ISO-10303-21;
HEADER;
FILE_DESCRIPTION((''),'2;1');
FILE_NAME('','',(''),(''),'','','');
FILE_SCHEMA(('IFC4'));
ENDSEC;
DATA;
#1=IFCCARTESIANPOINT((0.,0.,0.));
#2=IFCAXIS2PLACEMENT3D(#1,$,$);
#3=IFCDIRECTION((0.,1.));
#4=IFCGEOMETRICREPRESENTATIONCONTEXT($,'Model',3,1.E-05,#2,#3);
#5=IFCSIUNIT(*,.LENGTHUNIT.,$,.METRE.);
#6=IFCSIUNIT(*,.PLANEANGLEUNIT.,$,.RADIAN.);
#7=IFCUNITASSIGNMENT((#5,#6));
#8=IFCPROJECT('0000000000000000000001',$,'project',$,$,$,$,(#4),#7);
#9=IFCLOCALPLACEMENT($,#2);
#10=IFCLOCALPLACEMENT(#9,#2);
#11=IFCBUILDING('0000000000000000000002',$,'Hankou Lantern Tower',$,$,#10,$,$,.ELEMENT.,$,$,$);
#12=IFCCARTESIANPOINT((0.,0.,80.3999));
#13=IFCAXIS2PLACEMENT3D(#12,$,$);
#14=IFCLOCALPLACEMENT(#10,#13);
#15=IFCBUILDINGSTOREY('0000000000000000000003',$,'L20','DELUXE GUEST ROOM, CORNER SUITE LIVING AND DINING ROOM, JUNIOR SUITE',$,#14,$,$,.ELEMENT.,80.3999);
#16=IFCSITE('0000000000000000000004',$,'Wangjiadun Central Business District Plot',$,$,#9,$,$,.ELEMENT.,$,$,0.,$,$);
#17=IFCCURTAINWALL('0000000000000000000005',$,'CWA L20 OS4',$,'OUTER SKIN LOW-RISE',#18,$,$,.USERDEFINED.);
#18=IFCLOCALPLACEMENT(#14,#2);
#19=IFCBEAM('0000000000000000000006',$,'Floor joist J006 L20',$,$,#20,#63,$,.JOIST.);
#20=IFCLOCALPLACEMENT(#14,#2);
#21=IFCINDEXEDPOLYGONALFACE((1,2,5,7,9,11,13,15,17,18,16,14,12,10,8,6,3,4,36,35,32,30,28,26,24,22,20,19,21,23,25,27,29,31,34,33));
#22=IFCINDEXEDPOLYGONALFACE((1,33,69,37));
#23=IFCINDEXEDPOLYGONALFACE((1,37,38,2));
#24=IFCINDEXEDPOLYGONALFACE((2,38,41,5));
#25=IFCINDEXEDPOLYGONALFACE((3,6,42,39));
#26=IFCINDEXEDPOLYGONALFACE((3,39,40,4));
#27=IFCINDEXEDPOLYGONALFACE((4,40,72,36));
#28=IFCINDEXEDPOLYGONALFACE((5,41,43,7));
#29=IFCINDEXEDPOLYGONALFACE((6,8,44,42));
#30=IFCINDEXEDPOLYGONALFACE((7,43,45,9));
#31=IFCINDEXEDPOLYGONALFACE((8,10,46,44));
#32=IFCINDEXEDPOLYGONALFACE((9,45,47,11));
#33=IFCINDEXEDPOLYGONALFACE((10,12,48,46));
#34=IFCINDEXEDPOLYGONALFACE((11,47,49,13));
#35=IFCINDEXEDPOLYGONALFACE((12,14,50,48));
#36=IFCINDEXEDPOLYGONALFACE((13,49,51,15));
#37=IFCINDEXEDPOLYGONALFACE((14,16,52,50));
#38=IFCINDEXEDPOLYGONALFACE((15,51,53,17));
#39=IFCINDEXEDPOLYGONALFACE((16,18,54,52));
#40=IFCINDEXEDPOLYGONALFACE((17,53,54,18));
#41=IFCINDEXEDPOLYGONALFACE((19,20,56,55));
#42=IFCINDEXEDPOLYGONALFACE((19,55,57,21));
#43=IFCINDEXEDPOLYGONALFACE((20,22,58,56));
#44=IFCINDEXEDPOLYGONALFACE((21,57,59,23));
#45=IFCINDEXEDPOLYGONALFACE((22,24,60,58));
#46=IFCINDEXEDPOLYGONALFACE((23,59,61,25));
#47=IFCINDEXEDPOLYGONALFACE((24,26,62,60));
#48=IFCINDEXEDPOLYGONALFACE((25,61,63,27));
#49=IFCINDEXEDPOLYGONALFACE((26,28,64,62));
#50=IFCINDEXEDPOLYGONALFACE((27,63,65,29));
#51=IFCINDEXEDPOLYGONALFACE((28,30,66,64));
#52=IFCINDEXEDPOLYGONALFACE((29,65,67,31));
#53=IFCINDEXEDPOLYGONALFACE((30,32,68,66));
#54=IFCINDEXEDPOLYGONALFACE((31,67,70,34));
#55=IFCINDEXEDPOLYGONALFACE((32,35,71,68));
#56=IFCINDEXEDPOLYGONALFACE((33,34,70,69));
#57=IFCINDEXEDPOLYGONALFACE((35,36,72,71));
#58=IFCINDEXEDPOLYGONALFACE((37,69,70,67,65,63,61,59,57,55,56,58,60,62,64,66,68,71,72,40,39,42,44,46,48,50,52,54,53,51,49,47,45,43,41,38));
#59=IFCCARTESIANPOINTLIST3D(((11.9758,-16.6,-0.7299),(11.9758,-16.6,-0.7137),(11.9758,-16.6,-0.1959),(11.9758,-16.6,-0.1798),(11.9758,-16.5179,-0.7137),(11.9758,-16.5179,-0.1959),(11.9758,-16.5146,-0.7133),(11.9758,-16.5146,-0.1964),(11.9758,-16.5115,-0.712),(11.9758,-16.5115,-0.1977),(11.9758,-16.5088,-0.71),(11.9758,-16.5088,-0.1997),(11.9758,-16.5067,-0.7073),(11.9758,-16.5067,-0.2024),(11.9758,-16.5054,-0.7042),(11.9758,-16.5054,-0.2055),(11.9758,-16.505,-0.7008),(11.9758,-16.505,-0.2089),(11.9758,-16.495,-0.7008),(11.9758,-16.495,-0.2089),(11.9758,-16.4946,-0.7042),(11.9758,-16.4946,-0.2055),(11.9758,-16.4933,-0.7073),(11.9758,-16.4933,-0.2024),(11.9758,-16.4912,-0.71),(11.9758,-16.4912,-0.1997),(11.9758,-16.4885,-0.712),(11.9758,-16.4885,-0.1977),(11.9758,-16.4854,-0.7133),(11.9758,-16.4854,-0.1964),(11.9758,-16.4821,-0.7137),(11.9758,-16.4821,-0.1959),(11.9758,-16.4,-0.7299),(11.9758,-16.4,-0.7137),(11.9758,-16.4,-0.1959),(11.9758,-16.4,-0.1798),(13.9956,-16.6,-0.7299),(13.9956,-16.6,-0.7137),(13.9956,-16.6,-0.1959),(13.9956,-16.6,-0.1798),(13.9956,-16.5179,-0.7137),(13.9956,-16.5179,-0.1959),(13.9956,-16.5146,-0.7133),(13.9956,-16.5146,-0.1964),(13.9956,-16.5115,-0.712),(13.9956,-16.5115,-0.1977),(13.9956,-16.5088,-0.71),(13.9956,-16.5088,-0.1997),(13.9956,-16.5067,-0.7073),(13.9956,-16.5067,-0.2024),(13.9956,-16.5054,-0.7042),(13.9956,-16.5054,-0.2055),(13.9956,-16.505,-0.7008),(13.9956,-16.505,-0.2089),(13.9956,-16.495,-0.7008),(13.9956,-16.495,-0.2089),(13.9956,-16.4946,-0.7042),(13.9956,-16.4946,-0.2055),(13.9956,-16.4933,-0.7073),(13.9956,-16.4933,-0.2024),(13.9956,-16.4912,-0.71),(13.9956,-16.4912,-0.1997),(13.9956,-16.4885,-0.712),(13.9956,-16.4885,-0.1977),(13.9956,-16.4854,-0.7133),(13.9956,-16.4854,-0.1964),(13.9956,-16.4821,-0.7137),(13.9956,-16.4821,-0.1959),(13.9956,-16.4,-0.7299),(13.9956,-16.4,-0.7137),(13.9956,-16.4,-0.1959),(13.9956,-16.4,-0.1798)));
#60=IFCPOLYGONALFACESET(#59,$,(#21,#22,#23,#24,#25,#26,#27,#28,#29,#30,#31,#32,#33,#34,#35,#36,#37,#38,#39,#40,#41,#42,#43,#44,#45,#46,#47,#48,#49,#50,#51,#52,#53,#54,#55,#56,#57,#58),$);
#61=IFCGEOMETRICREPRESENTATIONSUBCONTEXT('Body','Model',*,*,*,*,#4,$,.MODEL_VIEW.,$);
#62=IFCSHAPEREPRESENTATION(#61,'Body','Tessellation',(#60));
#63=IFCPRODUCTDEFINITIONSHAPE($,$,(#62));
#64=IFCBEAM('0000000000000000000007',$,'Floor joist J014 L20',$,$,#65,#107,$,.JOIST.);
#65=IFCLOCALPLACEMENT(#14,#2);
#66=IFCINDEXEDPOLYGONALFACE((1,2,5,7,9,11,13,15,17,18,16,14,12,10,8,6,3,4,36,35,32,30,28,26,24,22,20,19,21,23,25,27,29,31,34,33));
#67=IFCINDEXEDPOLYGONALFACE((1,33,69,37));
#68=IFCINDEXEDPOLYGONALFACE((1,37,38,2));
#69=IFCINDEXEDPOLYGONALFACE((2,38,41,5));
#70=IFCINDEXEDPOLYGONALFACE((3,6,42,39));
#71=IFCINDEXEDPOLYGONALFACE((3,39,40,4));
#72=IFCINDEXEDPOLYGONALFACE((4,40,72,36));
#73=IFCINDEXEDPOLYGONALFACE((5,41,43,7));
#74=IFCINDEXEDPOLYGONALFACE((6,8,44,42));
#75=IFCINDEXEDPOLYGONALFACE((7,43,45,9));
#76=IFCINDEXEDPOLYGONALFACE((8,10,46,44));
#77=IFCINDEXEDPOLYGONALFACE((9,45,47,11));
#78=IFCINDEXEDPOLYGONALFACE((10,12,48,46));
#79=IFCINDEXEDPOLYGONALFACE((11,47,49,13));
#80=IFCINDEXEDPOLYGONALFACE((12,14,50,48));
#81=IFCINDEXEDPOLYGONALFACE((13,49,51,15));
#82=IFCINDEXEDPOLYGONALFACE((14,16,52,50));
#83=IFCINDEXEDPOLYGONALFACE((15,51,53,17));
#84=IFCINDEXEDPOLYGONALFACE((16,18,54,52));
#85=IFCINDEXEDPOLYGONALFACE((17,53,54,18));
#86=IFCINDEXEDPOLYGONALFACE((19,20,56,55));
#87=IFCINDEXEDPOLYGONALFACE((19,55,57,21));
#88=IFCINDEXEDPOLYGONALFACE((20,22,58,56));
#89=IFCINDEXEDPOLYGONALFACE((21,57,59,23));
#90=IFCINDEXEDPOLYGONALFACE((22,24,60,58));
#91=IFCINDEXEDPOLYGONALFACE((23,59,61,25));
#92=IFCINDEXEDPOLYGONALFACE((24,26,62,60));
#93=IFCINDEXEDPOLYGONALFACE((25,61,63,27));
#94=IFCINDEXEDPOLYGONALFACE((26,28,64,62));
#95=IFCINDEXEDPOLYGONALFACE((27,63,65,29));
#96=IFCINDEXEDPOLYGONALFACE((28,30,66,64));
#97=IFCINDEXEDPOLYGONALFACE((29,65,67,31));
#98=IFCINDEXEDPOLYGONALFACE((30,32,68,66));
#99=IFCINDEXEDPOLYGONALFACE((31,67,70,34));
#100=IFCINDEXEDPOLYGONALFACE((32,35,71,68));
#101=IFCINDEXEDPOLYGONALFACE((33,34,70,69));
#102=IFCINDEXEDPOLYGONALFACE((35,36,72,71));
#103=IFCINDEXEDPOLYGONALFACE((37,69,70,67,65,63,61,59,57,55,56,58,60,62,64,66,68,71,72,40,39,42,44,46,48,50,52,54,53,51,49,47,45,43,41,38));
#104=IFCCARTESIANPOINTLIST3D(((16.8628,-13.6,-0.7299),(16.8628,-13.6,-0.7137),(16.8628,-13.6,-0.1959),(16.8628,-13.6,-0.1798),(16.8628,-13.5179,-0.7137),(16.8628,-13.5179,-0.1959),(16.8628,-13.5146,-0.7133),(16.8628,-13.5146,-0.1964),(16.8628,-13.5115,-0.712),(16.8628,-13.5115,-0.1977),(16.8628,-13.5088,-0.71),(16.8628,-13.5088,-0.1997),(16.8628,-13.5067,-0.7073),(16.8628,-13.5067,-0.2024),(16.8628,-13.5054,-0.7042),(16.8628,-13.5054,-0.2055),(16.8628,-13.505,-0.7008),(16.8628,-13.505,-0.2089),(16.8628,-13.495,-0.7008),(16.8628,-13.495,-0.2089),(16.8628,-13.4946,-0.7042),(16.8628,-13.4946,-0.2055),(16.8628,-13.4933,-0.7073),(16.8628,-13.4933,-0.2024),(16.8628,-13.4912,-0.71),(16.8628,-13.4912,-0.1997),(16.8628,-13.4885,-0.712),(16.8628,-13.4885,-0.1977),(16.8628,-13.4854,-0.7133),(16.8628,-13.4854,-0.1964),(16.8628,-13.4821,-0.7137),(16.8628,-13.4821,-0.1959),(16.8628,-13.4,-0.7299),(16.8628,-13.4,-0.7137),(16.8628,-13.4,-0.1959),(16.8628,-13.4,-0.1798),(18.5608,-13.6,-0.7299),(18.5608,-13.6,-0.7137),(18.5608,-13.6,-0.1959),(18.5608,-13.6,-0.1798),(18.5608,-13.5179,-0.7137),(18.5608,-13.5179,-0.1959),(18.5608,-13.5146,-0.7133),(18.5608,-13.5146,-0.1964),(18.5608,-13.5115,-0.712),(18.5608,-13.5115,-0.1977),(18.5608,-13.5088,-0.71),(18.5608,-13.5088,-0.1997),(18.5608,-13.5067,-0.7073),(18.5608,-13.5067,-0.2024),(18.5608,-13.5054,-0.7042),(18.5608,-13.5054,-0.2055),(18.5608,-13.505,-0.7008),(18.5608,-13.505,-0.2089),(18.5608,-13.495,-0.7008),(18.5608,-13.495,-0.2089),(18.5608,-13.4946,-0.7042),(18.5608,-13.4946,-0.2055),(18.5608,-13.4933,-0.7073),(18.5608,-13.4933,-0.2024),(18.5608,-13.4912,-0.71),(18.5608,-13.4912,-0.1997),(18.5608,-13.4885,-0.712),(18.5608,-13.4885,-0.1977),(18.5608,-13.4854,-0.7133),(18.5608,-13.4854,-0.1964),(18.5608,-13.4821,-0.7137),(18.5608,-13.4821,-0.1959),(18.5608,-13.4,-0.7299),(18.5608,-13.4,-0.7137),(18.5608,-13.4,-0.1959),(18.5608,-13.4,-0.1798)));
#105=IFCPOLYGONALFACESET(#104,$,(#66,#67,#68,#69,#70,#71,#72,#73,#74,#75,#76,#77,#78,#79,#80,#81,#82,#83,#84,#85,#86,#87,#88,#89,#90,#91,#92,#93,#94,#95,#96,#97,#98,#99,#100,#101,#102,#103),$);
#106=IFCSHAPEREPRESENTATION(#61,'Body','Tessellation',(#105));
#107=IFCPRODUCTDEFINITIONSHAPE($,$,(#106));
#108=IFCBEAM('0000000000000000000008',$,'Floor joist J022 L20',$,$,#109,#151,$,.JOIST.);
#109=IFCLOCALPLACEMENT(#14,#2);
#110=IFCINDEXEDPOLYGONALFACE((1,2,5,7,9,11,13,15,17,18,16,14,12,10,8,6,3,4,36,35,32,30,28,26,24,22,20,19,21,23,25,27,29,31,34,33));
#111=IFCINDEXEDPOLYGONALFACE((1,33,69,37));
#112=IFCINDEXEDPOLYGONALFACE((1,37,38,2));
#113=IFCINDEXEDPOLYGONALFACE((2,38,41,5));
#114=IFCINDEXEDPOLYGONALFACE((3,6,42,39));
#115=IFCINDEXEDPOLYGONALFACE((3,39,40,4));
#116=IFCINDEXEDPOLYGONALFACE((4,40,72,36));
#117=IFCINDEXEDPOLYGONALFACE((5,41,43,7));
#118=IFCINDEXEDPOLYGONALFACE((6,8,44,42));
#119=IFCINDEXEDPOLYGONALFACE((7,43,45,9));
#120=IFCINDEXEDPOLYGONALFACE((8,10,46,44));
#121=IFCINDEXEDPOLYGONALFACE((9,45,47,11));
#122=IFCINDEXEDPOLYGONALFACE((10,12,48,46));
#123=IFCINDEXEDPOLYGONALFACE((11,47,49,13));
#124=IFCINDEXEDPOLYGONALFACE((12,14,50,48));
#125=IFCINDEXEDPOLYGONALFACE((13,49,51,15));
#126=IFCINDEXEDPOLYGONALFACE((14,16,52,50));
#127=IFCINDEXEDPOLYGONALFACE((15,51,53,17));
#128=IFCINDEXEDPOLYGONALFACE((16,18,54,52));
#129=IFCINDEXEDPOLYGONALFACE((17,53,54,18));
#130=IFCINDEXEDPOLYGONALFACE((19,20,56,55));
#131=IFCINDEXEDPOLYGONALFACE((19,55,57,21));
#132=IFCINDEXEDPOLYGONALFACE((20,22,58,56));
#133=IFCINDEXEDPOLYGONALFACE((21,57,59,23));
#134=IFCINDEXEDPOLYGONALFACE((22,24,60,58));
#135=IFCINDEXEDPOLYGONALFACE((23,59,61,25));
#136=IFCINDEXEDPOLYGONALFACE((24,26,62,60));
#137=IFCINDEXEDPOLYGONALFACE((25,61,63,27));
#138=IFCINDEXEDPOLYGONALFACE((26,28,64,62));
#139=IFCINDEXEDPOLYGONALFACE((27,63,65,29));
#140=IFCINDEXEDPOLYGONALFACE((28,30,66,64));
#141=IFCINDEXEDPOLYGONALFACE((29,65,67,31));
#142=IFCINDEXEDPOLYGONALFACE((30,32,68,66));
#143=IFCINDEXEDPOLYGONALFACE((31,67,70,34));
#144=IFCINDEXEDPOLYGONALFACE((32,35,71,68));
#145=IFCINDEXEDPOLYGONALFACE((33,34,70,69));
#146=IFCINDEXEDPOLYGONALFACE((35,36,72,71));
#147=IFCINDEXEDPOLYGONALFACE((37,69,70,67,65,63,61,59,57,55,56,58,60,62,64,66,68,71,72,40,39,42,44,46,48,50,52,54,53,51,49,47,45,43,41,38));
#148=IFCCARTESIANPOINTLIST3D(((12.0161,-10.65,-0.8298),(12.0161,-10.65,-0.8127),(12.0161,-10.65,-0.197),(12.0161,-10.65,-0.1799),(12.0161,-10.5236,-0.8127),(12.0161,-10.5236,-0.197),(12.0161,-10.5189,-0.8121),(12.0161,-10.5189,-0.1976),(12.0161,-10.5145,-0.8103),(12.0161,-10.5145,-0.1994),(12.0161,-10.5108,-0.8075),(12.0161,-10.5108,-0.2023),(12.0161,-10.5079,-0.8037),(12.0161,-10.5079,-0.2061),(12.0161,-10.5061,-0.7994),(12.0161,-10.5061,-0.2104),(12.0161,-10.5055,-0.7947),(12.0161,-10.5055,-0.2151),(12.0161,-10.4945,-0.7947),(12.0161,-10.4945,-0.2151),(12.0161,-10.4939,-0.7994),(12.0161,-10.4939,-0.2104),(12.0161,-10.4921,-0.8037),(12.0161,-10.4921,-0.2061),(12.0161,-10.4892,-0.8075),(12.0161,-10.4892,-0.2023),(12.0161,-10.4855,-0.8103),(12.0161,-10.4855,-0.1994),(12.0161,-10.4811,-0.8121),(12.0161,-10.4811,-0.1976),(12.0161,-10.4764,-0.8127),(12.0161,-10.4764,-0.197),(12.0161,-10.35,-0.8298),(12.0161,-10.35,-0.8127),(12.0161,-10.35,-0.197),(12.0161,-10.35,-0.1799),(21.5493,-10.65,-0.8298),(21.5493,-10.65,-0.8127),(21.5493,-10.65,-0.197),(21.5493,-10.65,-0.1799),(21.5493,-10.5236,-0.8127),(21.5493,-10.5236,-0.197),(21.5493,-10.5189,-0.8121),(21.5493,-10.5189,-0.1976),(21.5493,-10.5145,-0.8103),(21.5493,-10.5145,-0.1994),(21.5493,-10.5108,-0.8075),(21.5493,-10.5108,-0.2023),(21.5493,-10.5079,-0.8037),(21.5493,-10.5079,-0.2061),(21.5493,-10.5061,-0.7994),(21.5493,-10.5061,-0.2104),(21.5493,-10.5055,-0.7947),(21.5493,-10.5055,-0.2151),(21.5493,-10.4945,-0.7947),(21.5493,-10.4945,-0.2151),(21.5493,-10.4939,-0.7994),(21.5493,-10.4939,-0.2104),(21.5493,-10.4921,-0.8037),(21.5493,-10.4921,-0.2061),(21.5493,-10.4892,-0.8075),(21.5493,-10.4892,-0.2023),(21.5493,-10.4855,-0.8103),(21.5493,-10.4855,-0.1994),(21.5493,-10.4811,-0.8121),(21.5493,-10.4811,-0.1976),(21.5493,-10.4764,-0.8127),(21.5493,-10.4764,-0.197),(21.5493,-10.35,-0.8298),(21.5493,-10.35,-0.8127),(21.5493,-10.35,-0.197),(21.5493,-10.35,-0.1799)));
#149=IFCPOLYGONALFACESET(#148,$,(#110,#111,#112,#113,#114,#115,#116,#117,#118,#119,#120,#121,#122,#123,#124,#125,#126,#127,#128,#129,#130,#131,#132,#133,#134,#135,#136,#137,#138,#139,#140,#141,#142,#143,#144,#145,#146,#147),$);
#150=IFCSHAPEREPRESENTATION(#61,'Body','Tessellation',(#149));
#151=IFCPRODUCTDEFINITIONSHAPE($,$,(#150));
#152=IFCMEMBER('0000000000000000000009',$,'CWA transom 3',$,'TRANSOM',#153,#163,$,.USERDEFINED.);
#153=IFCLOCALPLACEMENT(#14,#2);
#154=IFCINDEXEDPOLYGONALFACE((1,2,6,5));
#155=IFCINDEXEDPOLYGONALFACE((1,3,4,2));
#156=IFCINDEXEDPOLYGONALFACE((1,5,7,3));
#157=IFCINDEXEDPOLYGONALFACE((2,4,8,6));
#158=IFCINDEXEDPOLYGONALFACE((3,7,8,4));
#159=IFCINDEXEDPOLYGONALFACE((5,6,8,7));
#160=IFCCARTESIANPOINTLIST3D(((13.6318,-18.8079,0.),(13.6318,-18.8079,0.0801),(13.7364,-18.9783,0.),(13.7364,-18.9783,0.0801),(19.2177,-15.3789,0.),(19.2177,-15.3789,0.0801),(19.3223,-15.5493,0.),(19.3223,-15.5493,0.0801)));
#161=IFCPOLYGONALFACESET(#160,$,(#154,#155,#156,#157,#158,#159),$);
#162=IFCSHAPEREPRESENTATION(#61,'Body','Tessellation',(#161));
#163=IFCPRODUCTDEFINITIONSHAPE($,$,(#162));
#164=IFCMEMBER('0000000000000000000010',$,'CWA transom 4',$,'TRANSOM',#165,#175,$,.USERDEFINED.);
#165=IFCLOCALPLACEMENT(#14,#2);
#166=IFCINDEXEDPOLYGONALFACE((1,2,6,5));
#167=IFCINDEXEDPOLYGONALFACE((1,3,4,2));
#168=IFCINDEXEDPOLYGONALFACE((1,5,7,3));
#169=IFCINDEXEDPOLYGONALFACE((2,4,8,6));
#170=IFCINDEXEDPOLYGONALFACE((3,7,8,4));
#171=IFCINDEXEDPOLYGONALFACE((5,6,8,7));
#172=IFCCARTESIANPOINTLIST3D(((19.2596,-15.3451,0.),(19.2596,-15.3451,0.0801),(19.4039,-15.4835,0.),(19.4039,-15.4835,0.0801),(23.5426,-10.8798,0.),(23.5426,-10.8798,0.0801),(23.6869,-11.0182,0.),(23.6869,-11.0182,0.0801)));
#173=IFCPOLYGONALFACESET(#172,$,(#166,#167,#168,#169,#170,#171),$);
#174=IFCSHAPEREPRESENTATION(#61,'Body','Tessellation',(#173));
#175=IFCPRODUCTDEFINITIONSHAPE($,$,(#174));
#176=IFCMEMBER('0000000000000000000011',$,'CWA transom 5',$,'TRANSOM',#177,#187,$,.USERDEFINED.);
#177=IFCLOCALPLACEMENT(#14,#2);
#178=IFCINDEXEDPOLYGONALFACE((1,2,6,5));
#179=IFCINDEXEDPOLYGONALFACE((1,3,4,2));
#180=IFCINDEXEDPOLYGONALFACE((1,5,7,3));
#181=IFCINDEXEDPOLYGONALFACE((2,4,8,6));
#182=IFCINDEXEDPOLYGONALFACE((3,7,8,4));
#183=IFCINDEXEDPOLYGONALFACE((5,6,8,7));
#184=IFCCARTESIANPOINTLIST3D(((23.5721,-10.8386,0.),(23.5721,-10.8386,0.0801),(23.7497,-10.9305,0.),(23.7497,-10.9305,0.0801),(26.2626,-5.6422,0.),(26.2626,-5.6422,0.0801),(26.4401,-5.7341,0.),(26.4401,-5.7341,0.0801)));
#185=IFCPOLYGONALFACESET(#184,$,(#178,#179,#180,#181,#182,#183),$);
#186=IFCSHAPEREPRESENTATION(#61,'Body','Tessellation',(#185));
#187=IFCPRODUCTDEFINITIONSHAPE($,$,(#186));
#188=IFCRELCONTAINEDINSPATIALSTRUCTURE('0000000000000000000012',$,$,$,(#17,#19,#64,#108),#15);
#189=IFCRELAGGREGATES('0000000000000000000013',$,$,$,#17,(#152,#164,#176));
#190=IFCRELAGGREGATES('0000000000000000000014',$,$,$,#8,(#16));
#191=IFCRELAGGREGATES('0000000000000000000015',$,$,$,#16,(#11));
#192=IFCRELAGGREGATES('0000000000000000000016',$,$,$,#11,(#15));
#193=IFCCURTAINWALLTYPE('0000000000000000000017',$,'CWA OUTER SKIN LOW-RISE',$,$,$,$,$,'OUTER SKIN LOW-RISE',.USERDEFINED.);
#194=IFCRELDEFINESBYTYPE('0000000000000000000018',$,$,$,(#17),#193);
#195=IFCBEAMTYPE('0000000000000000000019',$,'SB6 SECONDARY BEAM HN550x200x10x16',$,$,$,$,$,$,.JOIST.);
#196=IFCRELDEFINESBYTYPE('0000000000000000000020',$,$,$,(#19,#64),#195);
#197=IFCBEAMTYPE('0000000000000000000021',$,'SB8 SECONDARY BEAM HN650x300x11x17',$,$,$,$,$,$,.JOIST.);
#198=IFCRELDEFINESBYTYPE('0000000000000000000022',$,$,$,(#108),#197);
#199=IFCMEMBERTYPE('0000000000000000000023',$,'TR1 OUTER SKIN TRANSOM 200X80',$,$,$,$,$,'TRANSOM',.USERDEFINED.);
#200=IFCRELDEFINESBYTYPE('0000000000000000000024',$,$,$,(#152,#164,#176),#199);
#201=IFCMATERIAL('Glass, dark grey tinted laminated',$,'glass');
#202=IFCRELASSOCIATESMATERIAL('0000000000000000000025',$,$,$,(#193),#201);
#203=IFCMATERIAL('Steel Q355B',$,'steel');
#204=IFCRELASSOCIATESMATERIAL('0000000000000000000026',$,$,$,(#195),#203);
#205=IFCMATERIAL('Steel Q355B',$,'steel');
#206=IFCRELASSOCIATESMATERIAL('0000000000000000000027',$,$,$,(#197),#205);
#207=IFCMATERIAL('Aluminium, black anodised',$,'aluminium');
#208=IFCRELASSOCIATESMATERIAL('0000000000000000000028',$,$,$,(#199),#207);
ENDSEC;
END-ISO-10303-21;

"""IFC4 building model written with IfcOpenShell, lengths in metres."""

from ifc_helpers import new_model, si_unit, direction, frame, origin, origin_2d, place, context, subcontext, project, spatial, rectangle, i_section, extrude, material, material_profile, profile_set, type_object, element, aggregate, save


model = new_model("IFC4")

# Units and contexts
model_context = context("Model", 3, precision=1e-05, world=origin(), true_north=direction((0.0, 1.0)))
body_context = subcontext(model_context, "Body", "Model", "MODEL_VIEW")
ifc_project = project(units=[si_unit("LENGTHUNIT", "METRE"), si_unit("PLANEANGLEUNIT", "RADIAN")], contexts=[model_context])

# Site, building, storey
site_placement = place(None, origin())
site = spatial("IfcSite", under=ifc_project, at=site_placement, Name="Wangjiadun Central Business District Plot", CompositionType="ELEMENT", RefElevation=0.0)
building_placement = place(site_placement, origin())
building = spatial("IfcBuilding", under=site, at=building_placement, Name="Hankou Lantern Tower", CompositionType="ELEMENT")
storey_placement = place(building_placement, frame((0.0, 0.0, 80.3999)))
storey = spatial("IfcBuildingStorey", under=building, at=storey_placement, Name="L20", Description="DELUXE GUEST ROOM, CORNER SUITE LIVING AND DINING ROOM, JUNIOR SUITE", CompositionType="ELEMENT", Elevation=80.3999)

# Curtain wall
ifc_material_1 = material(Name="Glass, dark grey tinted laminated", Category="glass")
curtain_wall_type = type_object("IfcCurtainWallType", Name="CWA OUTER SKIN LOW-RISE", ElementType="OUTER SKIN LOW-RISE", PredefinedType="USERDEFINED", material=ifc_material_1)
curtain_wall_placement = place(storey_placement, origin())
curtain_wall = element("IfcCurtainWall", 1, at=curtain_wall_placement, inside=storey, type_object=curtain_wall_type, Name="CWA L20 OS4", ObjectType="OUTER SKIN LOW-RISE", PredefinedType="USERDEFINED")

# Beams
ifc_material_2 = material(Name="Steel Q355B", Category="steel")
ifc_material_profile_1 = material_profile(ifc_material_2, i_section(OverallWidth=0.2, OverallDepth=0.55, WebThickness=0.01, FlangeThickness=0.0161, FilletRadius=0.0129, at=origin_2d()), Name="HN550x200x10x16")
ifc_profile_set_1 = profile_set([ifc_material_profile_1], Name="Steel Q355B")
beam_type_1 = type_object("IfcBeamType", Name="SB6 SECONDARY BEAM HN550x200x10x16", PredefinedType="JOIST", material=ifc_profile_set_1)
beam_1_placement = place(storey_placement, frame((11.9758, -16.5, -0.4548), z_axis=(1.0, 0.0, 0.0), x_axis=(0.0, 1.0, 0.0)))
element("IfcBeam", 2, at=beam_1_placement, inside=storey, type_object=beam_type_1, Name="Floor joist J006 L20", PredefinedType="JOIST", context=body_context, shape_type="SweptSolid", body=[
    extrude(i_section(OverallWidth=0.2, OverallDepth=0.55, WebThickness=0.01, FlangeThickness=0.0161, FilletRadius=0.0129, at=origin_2d()), origin(), (0.0, 0.0, 1.0), 2.0198),
])
beam_2_placement = place(storey_placement, frame((16.8628, -13.5, -0.4548), z_axis=(1.0, 0.0, 0.0), x_axis=(0.0, 1.0, 0.0)))
element("IfcBeam", 3, at=beam_2_placement, inside=storey, type_object=beam_type_1, Name="Floor joist J014 L20", PredefinedType="JOIST", context=body_context, shape_type="SweptSolid", body=[
    extrude(i_section(OverallWidth=0.2, OverallDepth=0.55, WebThickness=0.01, FlangeThickness=0.0161, FilletRadius=0.0129, at=origin_2d()), origin(), (0.0, 0.0, 1.0), 1.698),
])
ifc_material_3 = material(Name="Steel Q355B", Category="steel")
ifc_material_profile_2 = material_profile(ifc_material_3, i_section(OverallWidth=0.3, OverallDepth=0.6499, WebThickness=0.011, FlangeThickness=0.0171, FilletRadius=0.0181, at=origin_2d()), Name="HN650x300x11x17")
ifc_profile_set_2 = profile_set([ifc_material_profile_2], Name="Steel Q355B")
beam_type_2 = type_object("IfcBeamType", Name="SB8 SECONDARY BEAM HN650x300x11x17", PredefinedType="JOIST", material=ifc_profile_set_2)
beam_3_placement = place(storey_placement, frame((12.0161, -10.5, -0.5049), z_axis=(1.0, 0.0, 0.0), x_axis=(0.0, 1.0, 0.0)))
element("IfcBeam", 4, at=beam_3_placement, inside=storey, type_object=beam_type_2, Name="Floor joist J022 L20", PredefinedType="JOIST", context=body_context, shape_type="SweptSolid", body=[
    extrude(i_section(OverallWidth=0.3, OverallDepth=0.6499, WebThickness=0.011, FlangeThickness=0.0171, FilletRadius=0.0181, at=origin_2d()), origin(), (0.0, 0.0, 1.0), 9.5332),
])

# Members
ifc_material_4 = material(Name="Aluminium, black anodised", Category="aluminium")
ifc_material_profile_3 = material_profile(ifc_material_4, rectangle(XDim=0.2, YDim=0.0801, at=origin_2d()), Name="TR1 200X80")
ifc_profile_set_3 = profile_set([ifc_material_profile_3], Name="Aluminium, black anodised")
member_type_1 = type_object("IfcMemberType", Name="TR1 OUTER SKIN TRANSOM 200X80", ElementType="TRANSOM", PredefinedType="USERDEFINED", material=ifc_profile_set_3)
member_1_placement = place(storey_placement, frame((13.6841, -18.8931, 0.04), z_axis=(0.85224, 0.523152, 0.0), x_axis=(-0.523152, 0.85224, 0.0)))
member_1 = element("IfcMember", 5, at=member_1_placement, type_object=member_type_1, Name="CWA transom 3", ObjectType="TRANSOM", PredefinedType="USERDEFINED", context=body_context, shape_type="SweptSolid", body=[
    extrude(rectangle(XDim=0.2, YDim=0.0801, at=origin_2d()), origin(), (0.0, 0.0, 1.0), 6.5544),
])
member_2_placement = place(storey_placement, frame((19.3318, -15.4143, 0.04), z_axis=(0.692216, 0.721691, 0.0), x_axis=(-0.721691, 0.692216, 0.0)))
member_2 = element("IfcMember", 6, at=member_2_placement, type_object=member_type_1, Name="CWA transom 4", ObjectType="TRANSOM", PredefinedType="USERDEFINED", context=body_context, shape_type="SweptSolid", body=[
    extrude(rectangle(XDim=0.2, YDim=0.0801, at=origin_2d()), origin(), (0.0, 0.0, 1.0), 6.1873),
])
member_3_placement = place(storey_placement, frame((23.6609, -10.8845, 0.04), z_axis=(0.459786, 0.88803, 0.0), x_axis=(-0.88803, 0.459786, 0.0)))
member_3 = element("IfcMember", 7, at=member_3_placement, type_object=member_type_1, Name="CWA transom 5", ObjectType="TRANSOM", PredefinedType="USERDEFINED", context=body_context, shape_type="SweptSolid", body=[
    extrude(rectangle(XDim=0.2, YDim=0.0801, at=origin_2d()), origin(), (0.0, 0.0, 1.0), 5.8516),
])

aggregate(curtain_wall, [member_1, member_2, member_3])

save(model, "model.ifc")
